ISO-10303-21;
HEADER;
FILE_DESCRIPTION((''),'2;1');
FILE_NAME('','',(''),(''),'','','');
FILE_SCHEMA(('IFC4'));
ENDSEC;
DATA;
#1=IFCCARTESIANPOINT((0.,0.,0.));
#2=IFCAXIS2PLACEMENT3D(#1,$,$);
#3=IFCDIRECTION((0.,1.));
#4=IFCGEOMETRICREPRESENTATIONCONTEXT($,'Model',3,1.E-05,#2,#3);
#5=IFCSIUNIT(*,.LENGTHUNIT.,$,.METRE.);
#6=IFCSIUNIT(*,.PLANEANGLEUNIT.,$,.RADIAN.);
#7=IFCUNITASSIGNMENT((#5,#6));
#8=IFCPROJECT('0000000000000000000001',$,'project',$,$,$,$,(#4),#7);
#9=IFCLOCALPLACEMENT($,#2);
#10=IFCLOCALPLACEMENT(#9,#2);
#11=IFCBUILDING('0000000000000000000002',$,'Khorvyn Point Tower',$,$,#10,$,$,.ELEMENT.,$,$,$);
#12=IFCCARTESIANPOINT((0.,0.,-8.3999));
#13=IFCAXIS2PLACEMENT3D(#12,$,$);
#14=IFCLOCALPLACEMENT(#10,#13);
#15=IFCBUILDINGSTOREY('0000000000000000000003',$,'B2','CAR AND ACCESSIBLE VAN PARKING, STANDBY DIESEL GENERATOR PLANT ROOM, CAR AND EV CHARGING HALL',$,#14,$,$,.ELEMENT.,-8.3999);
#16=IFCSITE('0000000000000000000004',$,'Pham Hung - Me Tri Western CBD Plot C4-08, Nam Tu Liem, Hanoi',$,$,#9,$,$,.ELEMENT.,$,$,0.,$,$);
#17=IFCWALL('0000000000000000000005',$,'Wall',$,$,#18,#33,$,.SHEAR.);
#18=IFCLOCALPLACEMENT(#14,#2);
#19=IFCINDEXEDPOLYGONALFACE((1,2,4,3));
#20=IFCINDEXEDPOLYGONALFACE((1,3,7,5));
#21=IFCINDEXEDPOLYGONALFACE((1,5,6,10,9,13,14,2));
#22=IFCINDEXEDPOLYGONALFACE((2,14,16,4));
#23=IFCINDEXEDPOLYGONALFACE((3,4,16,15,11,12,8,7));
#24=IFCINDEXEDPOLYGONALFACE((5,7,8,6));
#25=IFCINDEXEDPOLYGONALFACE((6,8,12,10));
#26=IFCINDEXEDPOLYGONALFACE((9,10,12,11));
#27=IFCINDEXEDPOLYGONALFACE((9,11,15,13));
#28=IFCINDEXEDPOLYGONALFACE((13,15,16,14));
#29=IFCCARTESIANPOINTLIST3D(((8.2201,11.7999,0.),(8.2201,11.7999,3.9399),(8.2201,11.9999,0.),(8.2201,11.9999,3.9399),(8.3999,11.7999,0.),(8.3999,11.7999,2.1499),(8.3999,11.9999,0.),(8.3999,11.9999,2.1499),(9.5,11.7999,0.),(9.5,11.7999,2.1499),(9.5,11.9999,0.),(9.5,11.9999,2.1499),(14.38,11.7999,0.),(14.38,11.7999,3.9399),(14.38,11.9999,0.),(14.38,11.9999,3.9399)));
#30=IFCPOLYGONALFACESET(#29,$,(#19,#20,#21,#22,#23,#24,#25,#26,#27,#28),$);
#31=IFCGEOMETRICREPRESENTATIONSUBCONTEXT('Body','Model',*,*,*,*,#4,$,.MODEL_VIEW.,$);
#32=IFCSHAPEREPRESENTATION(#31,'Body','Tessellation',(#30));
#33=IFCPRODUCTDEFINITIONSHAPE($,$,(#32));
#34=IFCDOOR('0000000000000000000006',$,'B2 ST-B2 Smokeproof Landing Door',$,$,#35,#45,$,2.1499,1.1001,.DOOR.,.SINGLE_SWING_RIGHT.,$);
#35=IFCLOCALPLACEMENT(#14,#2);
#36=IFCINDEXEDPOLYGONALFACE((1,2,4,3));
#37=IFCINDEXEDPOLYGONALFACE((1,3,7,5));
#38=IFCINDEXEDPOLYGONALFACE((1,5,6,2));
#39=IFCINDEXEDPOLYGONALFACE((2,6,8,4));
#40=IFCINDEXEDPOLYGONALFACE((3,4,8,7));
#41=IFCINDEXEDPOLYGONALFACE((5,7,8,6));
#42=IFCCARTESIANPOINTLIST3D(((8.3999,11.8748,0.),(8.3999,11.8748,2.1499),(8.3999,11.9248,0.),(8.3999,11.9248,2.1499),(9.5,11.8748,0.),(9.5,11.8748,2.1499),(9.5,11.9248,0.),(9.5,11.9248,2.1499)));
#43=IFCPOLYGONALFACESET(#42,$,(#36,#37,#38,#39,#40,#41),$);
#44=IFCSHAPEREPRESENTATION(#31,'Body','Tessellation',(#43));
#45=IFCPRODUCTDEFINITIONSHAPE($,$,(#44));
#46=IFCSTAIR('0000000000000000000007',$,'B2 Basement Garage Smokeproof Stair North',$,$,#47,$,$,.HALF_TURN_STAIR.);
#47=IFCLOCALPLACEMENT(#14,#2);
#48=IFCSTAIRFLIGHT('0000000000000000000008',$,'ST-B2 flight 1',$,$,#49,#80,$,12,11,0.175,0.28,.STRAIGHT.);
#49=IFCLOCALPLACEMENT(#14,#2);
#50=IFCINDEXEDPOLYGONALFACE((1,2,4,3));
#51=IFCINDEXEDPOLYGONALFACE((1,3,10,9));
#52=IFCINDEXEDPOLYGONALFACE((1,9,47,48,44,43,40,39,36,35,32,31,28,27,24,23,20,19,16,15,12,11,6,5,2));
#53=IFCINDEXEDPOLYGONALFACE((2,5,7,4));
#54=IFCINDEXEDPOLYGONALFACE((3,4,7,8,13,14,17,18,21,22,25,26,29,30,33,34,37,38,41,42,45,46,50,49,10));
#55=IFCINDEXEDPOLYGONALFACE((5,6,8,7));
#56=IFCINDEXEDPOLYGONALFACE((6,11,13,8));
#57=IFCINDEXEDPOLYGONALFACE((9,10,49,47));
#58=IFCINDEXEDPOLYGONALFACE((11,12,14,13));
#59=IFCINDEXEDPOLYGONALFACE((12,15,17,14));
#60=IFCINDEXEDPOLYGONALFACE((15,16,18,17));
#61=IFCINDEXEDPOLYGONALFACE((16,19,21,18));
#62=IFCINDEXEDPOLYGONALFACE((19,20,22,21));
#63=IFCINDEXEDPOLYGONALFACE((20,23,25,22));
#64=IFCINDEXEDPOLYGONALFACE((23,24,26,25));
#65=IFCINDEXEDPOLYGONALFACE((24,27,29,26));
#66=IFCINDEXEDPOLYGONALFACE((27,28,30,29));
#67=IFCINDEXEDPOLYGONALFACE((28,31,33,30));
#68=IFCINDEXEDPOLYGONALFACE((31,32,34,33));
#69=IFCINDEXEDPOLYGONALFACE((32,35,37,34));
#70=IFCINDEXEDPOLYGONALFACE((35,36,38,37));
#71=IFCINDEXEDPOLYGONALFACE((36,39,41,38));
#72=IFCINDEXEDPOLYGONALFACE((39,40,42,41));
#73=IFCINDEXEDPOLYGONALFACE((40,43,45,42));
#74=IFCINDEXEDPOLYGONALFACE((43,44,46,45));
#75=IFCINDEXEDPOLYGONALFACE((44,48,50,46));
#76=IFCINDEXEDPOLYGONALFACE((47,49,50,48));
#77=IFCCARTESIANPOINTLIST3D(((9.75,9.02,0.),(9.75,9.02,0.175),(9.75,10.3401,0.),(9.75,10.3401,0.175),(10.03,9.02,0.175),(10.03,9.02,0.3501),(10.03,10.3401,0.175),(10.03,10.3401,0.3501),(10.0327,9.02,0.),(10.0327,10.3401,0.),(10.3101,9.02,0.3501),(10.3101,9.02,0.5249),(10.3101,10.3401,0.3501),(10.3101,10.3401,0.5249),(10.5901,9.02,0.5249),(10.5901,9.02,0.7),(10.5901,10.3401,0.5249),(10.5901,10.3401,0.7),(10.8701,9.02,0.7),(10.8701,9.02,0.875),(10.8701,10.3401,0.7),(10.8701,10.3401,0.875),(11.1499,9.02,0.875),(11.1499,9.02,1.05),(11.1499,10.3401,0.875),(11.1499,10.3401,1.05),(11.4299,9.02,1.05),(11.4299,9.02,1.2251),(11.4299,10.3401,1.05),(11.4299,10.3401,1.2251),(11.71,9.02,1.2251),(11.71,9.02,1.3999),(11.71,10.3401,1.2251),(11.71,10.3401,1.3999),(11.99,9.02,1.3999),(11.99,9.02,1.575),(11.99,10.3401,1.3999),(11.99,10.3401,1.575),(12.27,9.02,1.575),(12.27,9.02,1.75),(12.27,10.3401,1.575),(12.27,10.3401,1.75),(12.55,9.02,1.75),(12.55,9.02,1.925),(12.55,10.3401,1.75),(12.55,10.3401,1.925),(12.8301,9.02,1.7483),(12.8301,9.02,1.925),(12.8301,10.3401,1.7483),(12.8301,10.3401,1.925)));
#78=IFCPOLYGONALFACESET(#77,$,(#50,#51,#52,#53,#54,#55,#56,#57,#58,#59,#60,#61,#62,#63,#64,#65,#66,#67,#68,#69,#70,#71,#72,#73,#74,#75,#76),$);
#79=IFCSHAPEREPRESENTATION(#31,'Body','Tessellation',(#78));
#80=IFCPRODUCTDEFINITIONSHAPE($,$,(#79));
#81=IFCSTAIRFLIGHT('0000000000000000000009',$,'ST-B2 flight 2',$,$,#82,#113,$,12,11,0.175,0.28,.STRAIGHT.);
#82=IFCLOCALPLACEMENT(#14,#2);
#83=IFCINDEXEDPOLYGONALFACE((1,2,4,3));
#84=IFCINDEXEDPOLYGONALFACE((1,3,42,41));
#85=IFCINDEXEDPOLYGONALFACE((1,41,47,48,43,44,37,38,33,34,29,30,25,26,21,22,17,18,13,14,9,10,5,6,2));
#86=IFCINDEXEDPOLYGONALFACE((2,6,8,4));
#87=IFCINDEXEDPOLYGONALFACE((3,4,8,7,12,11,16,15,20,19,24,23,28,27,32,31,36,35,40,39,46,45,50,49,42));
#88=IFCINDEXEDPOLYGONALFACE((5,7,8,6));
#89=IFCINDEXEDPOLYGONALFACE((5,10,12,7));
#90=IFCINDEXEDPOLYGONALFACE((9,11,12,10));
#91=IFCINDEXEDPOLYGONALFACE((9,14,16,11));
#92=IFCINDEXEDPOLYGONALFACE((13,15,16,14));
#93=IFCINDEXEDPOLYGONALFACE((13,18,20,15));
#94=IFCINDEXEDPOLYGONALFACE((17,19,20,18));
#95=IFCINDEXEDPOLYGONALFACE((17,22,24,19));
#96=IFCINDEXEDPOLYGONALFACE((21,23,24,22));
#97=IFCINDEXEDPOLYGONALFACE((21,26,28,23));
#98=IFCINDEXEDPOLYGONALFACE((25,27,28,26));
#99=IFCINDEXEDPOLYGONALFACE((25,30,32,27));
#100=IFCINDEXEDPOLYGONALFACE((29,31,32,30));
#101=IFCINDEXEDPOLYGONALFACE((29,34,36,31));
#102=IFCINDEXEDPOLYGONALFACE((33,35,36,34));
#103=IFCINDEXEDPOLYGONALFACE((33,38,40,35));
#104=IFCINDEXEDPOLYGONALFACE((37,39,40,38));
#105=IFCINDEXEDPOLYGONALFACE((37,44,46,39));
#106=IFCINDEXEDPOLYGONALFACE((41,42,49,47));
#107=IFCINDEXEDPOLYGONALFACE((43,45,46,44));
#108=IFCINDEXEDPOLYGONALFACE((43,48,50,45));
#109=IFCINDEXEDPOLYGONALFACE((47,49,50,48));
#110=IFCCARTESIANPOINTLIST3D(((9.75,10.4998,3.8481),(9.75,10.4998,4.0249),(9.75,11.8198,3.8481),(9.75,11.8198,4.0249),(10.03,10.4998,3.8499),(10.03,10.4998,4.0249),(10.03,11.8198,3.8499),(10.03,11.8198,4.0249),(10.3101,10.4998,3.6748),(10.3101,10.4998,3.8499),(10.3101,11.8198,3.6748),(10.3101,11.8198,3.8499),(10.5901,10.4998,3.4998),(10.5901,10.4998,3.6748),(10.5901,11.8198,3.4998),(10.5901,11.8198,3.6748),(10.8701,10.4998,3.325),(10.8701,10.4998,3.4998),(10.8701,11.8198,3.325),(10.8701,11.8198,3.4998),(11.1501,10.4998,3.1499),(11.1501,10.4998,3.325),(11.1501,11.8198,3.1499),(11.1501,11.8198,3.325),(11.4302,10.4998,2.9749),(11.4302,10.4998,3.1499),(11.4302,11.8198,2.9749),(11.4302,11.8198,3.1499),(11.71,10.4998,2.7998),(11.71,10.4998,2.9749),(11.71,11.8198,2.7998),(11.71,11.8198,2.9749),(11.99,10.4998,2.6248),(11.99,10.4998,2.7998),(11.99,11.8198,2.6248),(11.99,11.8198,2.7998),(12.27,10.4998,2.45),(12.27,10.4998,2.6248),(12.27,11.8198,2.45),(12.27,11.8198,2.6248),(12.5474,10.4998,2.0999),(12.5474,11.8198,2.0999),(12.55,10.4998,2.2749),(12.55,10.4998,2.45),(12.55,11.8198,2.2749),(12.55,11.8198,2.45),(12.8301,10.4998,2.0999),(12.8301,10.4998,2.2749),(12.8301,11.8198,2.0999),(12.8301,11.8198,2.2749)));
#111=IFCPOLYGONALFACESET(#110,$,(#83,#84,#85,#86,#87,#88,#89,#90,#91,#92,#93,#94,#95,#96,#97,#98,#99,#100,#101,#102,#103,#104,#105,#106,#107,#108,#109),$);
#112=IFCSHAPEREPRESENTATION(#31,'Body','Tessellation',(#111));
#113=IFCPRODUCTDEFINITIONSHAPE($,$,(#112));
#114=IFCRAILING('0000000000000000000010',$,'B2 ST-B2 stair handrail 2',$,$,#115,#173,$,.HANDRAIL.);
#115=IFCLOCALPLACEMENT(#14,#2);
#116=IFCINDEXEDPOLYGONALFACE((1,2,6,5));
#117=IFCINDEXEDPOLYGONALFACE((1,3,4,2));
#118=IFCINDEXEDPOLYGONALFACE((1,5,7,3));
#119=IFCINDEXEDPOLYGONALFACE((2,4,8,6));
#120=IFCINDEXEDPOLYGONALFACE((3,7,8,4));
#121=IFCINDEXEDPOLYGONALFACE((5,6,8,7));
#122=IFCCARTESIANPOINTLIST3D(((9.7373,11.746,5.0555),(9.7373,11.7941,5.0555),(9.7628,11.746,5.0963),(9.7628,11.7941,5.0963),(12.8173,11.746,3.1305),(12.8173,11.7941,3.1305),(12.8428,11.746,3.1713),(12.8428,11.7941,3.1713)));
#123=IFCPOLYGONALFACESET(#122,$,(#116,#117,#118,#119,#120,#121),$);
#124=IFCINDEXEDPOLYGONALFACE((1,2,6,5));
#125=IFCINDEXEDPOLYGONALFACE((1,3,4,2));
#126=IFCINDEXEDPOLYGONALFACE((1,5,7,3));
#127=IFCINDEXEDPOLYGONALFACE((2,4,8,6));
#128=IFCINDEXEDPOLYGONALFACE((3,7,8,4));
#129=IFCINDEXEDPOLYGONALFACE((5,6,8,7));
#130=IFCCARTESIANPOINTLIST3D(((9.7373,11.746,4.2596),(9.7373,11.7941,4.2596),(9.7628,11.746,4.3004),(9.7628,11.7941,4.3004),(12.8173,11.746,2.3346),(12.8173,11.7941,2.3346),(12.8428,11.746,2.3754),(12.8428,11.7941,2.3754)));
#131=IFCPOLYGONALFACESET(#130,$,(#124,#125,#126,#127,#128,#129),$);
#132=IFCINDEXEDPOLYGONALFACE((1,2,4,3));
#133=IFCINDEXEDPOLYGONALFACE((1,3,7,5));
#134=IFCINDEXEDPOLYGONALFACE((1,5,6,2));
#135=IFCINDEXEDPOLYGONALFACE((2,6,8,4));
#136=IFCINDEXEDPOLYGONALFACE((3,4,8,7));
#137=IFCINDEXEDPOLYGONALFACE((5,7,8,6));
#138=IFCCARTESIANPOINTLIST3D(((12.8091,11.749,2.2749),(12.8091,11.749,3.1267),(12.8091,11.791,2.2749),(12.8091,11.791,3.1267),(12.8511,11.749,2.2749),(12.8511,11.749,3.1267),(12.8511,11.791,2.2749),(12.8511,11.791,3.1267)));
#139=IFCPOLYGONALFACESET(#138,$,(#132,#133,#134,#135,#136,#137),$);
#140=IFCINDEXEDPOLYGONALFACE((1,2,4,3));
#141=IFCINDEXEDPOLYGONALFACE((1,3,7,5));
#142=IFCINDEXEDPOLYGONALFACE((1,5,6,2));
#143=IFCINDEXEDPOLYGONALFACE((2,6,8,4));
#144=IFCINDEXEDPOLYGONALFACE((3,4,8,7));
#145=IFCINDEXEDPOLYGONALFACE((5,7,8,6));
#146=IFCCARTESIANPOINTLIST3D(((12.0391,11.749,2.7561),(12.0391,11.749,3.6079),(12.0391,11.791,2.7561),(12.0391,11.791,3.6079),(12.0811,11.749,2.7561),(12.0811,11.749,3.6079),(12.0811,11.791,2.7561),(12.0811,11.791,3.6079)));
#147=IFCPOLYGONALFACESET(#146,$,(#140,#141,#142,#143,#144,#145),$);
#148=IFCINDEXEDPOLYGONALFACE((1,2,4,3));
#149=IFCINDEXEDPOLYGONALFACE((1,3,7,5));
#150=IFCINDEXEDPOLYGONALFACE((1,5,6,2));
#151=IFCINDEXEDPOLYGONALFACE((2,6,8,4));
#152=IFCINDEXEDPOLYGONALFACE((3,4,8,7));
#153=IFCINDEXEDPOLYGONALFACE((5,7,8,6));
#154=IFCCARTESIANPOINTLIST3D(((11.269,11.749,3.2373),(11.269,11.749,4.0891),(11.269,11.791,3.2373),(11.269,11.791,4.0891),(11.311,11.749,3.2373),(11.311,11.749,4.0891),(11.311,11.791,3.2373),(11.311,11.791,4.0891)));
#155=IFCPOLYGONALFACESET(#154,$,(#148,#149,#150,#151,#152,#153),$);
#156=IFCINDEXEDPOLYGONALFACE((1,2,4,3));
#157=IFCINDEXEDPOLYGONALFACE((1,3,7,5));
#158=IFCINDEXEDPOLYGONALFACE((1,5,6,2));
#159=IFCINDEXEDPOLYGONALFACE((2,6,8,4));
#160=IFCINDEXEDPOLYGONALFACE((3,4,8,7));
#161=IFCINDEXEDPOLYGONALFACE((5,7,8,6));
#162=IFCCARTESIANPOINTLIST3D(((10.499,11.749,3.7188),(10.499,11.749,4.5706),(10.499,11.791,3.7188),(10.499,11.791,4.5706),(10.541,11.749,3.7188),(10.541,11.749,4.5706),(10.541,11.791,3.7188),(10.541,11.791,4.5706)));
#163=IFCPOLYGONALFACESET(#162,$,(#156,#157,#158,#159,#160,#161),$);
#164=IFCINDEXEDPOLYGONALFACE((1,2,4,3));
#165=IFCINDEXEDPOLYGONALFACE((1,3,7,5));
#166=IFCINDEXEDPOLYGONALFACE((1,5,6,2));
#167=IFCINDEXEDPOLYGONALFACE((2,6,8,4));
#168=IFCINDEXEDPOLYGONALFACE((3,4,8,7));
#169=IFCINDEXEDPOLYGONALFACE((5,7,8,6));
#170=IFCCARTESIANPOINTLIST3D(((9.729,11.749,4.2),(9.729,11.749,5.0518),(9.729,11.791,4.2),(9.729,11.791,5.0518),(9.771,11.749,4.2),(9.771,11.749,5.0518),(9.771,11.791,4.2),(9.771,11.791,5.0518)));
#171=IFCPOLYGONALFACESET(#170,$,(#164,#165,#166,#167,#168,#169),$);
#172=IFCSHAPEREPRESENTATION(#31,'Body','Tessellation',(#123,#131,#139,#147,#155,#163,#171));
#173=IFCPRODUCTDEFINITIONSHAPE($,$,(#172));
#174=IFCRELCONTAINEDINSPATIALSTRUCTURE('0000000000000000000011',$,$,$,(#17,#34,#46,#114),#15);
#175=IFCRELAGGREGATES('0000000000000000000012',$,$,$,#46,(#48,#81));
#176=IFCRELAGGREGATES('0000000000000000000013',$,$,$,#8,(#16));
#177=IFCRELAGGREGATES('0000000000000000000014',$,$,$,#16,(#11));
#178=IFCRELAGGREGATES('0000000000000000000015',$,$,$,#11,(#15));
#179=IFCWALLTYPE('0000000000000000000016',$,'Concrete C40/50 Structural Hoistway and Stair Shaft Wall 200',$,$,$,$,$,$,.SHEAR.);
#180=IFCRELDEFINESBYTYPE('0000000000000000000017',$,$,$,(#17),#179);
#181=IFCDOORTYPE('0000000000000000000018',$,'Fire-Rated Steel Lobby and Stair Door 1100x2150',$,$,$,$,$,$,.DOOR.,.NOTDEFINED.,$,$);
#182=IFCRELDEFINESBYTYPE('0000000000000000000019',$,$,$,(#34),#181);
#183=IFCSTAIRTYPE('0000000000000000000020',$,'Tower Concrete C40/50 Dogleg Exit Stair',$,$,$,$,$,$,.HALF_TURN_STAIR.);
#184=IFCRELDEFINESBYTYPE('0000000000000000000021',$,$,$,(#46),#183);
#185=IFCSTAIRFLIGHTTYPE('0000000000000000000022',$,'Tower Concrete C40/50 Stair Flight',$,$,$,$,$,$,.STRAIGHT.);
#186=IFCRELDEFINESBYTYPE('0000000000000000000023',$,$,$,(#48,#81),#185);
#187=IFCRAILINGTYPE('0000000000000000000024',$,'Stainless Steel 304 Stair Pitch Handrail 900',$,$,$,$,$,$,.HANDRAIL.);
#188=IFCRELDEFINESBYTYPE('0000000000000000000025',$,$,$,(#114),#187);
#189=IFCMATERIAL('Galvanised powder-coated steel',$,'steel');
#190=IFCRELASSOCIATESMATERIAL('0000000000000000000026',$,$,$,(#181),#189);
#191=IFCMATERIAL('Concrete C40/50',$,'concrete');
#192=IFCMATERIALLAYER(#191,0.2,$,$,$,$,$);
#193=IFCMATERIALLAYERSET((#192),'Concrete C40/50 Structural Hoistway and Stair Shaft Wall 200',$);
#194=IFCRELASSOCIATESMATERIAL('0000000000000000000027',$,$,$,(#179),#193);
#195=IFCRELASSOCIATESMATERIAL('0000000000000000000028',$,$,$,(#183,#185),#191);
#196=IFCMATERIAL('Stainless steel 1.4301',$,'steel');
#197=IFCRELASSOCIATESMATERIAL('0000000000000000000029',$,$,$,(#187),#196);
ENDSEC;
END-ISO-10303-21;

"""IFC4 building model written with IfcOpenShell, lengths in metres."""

from ifc_helpers import new_model, si_unit, direction, frame, frame_2d, origin, origin_2d, place, context, subcontext, project, spatial, polyline, rectangle, outline, extrude, material, layer, layer_set, type_object, element, fill, aggregate, save


model = new_model("IFC4")

# Units and contexts
model_context = context("Model", 3, precision=1e-05, world=origin(), true_north=direction((0.0, 1.0)))
body_context = subcontext(model_context, "Body", "Model", "MODEL_VIEW")
ifc_project = project(units=[si_unit("LENGTHUNIT", "METRE"), si_unit("PLANEANGLEUNIT", "RADIAN")], contexts=[model_context])

# Site, building, storey
site_placement = place(None, origin())
site = spatial("IfcSite", under=ifc_project, at=site_placement, Name="Pham Hung - Me Tri Western CBD Plot C4-08, Nam Tu Liem, Hanoi", CompositionType="ELEMENT", RefElevation=0.0)
building_placement = place(site_placement, origin())
building = spatial("IfcBuilding", under=site, at=building_placement, Name="Khorvyn Point Tower", CompositionType="ELEMENT")
storey_placement = place(building_placement, frame((0.0, 0.0, -8.3999)))
storey = spatial("IfcBuildingStorey", under=building, at=storey_placement, Name="B2", Description="CAR AND ACCESSIBLE VAN PARKING, STANDBY DIESEL GENERATOR PLANT ROOM, CAR AND EV CHARGING HALL", CompositionType="ELEMENT", Elevation=-8.3999)

# Shared definitions
ifc_material_1 = material(Name="Concrete C40/50", Category="concrete")
ifc_material_2 = material(Name="Galvanised powder-coated steel", Category="steel")
door_type = type_object("IfcDoorType", Name="Fire-Rated Steel Lobby and Stair Door 1100x2150", OperationType="NOTDEFINED", PredefinedType="DOOR", material=ifc_material_2)

# Shared definitions
ifc_layer_1 = layer(ifc_material_1, 0.2)
ifc_layer_set_1 = layer_set([ifc_layer_1], Name="Concrete C40/50 Structural Hoistway and Stair Shaft Wall 200")
wall_type_1 = type_object("IfcWallType", Name="Concrete C40/50 Structural Hoistway and Stair Shaft Wall 200", PredefinedType="SHEAR", material=ifc_layer_set_1)

# Wall, opening, door
wall_1_placement = place(storey_placement, frame((8.22, 11.8999, 0.0), z_axis=(0.0, 0.0, 1.0), x_axis=(1.0, 0.0, 0.0)))
wall_1 = element("IfcWall", 1, at=wall_1_placement, inside=storey, type_object=wall_type_1, Name="Wall", PredefinedType="SHEAR", context=body_context, shape_type="SweptSolid", body=[
    extrude(rectangle(XDim=6.1599, YDim=0.2, at=frame_2d((3.0801, 0.0))), origin(), (0.0, 0.0, 1.0), 3.9399),
])
opening_1_placement = place(wall_1_placement, frame((0.1799, 0.0, 0.0)))
opening_1 = element("IfcOpeningElement", 2, at=opening_1_placement, cuts=wall_1, PredefinedType="OPENING", context=body_context, shape_type="SweptSolid", body=[
    extrude(rectangle(XDim=1.1001, YDim=2.1499, at=frame_2d((0.55, 1.075))), frame((0.0, 0.1099, 0.0), z_axis=(0.0, -1.0, 0.0), x_axis=(1.0, 0.0, 0.0)), (0.0, 0.0, 1.0), 0.22),
])
door_1_placement = place(opening_1_placement, origin())
door_1 = element("IfcDoor", 3, at=door_1_placement, inside=storey, type_object=door_type, Name="B2 ST-B2 Smokeproof Landing Door", OperationType="SINGLE_SWING_RIGHT", OverallHeight=2.1499, OverallWidth=1.1001, PredefinedType="DOOR", context=body_context, shape_type="SweptSolid", body=[
    extrude(rectangle(XDim=1.1001, YDim=2.1499, at=frame_2d((0.55, 1.075))), frame((0.0, 0.0249, 0.0), z_axis=(0.0, -1.0, 0.0), x_axis=(1.0, 0.0, 0.0)), (0.0, 0.0, 1.0), 0.05),
])
fill(opening_1, door_1)

# Stair, stair flights
stair_type = type_object("IfcStairType", Name="Tower Concrete C40/50 Dogleg Exit Stair", PredefinedType="HALF_TURN_STAIR", material=ifc_material_1)
stair_placement = place(storey_placement, origin())
stair = element("IfcStair", 4, at=stair_placement, inside=storey, type_object=stair_type, Name="B2 Basement Garage Smokeproof Stair North", PredefinedType="HALF_TURN_STAIR")
stair_flight_type = type_object("IfcStairFlightType", Name="Tower Concrete C40/50 Stair Flight", PredefinedType="STRAIGHT", material=ifc_material_1)
stair_flight_1_placement = place(storey_placement, frame((9.75, 9.6799, 0.0), z_axis=(0.0, 0.0, 1.0), x_axis=(1.0, 0.0, 0.0)))
stair_flight_1 = element("IfcStairFlight", 5, at=stair_flight_1_placement, type_object=stair_flight_type, Name="ST-B2 flight 1", NumberOfRisers=12, NumberOfTreads=11, PredefinedType="STRAIGHT", RiserHeight=0.175, TreadLength=0.28, context=body_context, shape_type="SweptSolid", body=[
    extrude(outline(polyline([(0.0, 0.0), (0.0, 0.175), (0.28, 0.175), (0.28, 0.3501), (0.5601, 0.3501), (0.5601, 0.5249), (0.8401, 0.5249), (0.8401, 0.7), (1.1201, 0.7), (1.1201, 0.875), (1.3999, 0.875), (1.3999, 1.05), (1.6799, 1.05), (1.6799, 1.2251), (1.96, 1.2251), (1.96, 1.3999), (2.24, 1.3999), (2.24, 1.575), (2.52, 1.575), (2.52, 1.75), (2.8, 1.75), (2.8, 1.925), (3.0801, 1.925), (3.0801, 2.1001), (3.0801, 1.7483), (0.2827, 0.0), (0.0, 0.0)])), frame((0.0, 0.6602, 0.0), z_axis=(0.0, -1.0, 0.0), x_axis=(1.0, 0.0, 0.0)), (0.0, 0.0, 1.0), 1.3201),
])
stair_flight_2_placement = place(storey_placement, frame((12.8301, 11.1599, 2.0999), z_axis=(0.0, 0.0, 1.0), x_axis=(-1.0, 0.0, 0.0)))
stair_flight_2 = element("IfcStairFlight", 6, at=stair_flight_2_placement, type_object=stair_flight_type, Name="ST-B2 flight 2", NumberOfRisers=12, NumberOfTreads=11, PredefinedType="STRAIGHT", RiserHeight=0.175, TreadLength=0.28, context=body_context, shape_type="SweptSolid", body=[
    extrude(outline(polyline([(0.0, 0.0), (0.0, 0.175), (0.28, 0.175), (0.28, 0.3501), (0.5601, 0.3501), (0.5601, 0.5249), (0.8401, 0.5249), (0.8401, 0.7), (1.1201, 0.7), (1.1201, 0.875), (1.3999, 0.875), (1.3999, 1.05), (1.6799, 1.05), (1.6799, 1.2251), (1.96, 1.2251), (1.96, 1.3999), (2.24, 1.3999), (2.24, 1.575), (2.52, 1.575), (2.52, 1.75), (2.8, 1.75), (2.8, 1.925), (3.0801, 1.925), (3.0801, 2.1001), (3.0801, 1.7483), (0.2827, 0.0), (0.0, 0.0)])), frame((0.0, 0.6602, 0.0), z_axis=(0.0, -1.0, 0.0), x_axis=(1.0, 0.0, 0.0)), (0.0, 0.0, 1.0), 1.3201),
])
aggregate(stair, [stair_flight_1, stair_flight_2])

# Railing
ifc_material_3 = material(Name="Stainless steel 1.4301", Category="steel")
railing_type_1 = type_object("IfcRailingType", Name="Stainless Steel 304 Stair Pitch Handrail 900", PredefinedType="HANDRAIL", material=ifc_material_3)
railing_1_placement = place(storey_placement, frame((12.8301, 11.77, 2.2749)))
element("IfcRailing", 7, at=railing_1_placement, inside=storey, type_object=railing_type_1, Name="B2 ST-B2 stair handrail 2", PredefinedType="HANDRAIL", context=body_context, shape_type="SweptSolid", body=[
    extrude(rectangle(XDim=0.0481, YDim=0.0481, at=origin_2d()), frame((0.0, 0.0, 0.876), z_axis=(-0.847998, 0.0, 0.529999), x_axis=(0.0, -1.0, 0.0)), (0.0, 0.0, 1.0), 3.6321),
    extrude(rectangle(XDim=0.0481, YDim=0.0481, at=origin_2d()), frame((0.0, 0.0, 0.0801), z_axis=(-0.847998, 0.0, 0.529999), x_axis=(0.0, -1.0, 0.0)), (0.0, 0.0, 1.0), 3.6321),
    extrude(rectangle(XDim=0.042, YDim=0.042, at=origin_2d()), origin(), (0.0, 0.0, 1.0), 0.8518),
    extrude(rectangle(XDim=0.042, YDim=0.042, at=origin_2d()), frame((-0.77, 0.0, 0.4812)), (0.0, 0.0, 1.0), 0.8518),
    extrude(rectangle(XDim=0.042, YDim=0.042, at=origin_2d()), frame((-1.54, 0.0, 0.9624)), (0.0, 0.0, 1.0), 0.8518),
    extrude(rectangle(XDim=0.042, YDim=0.042, at=origin_2d()), frame((-2.3101, 0.0, 1.4438)), (0.0, 0.0, 1.0), 0.8518),
    extrude(rectangle(XDim=0.042, YDim=0.042, at=origin_2d()), frame((-3.0801, 0.0, 1.925)), (0.0, 0.0, 1.0), 0.8518),
])

save(model, "model.ifc")
